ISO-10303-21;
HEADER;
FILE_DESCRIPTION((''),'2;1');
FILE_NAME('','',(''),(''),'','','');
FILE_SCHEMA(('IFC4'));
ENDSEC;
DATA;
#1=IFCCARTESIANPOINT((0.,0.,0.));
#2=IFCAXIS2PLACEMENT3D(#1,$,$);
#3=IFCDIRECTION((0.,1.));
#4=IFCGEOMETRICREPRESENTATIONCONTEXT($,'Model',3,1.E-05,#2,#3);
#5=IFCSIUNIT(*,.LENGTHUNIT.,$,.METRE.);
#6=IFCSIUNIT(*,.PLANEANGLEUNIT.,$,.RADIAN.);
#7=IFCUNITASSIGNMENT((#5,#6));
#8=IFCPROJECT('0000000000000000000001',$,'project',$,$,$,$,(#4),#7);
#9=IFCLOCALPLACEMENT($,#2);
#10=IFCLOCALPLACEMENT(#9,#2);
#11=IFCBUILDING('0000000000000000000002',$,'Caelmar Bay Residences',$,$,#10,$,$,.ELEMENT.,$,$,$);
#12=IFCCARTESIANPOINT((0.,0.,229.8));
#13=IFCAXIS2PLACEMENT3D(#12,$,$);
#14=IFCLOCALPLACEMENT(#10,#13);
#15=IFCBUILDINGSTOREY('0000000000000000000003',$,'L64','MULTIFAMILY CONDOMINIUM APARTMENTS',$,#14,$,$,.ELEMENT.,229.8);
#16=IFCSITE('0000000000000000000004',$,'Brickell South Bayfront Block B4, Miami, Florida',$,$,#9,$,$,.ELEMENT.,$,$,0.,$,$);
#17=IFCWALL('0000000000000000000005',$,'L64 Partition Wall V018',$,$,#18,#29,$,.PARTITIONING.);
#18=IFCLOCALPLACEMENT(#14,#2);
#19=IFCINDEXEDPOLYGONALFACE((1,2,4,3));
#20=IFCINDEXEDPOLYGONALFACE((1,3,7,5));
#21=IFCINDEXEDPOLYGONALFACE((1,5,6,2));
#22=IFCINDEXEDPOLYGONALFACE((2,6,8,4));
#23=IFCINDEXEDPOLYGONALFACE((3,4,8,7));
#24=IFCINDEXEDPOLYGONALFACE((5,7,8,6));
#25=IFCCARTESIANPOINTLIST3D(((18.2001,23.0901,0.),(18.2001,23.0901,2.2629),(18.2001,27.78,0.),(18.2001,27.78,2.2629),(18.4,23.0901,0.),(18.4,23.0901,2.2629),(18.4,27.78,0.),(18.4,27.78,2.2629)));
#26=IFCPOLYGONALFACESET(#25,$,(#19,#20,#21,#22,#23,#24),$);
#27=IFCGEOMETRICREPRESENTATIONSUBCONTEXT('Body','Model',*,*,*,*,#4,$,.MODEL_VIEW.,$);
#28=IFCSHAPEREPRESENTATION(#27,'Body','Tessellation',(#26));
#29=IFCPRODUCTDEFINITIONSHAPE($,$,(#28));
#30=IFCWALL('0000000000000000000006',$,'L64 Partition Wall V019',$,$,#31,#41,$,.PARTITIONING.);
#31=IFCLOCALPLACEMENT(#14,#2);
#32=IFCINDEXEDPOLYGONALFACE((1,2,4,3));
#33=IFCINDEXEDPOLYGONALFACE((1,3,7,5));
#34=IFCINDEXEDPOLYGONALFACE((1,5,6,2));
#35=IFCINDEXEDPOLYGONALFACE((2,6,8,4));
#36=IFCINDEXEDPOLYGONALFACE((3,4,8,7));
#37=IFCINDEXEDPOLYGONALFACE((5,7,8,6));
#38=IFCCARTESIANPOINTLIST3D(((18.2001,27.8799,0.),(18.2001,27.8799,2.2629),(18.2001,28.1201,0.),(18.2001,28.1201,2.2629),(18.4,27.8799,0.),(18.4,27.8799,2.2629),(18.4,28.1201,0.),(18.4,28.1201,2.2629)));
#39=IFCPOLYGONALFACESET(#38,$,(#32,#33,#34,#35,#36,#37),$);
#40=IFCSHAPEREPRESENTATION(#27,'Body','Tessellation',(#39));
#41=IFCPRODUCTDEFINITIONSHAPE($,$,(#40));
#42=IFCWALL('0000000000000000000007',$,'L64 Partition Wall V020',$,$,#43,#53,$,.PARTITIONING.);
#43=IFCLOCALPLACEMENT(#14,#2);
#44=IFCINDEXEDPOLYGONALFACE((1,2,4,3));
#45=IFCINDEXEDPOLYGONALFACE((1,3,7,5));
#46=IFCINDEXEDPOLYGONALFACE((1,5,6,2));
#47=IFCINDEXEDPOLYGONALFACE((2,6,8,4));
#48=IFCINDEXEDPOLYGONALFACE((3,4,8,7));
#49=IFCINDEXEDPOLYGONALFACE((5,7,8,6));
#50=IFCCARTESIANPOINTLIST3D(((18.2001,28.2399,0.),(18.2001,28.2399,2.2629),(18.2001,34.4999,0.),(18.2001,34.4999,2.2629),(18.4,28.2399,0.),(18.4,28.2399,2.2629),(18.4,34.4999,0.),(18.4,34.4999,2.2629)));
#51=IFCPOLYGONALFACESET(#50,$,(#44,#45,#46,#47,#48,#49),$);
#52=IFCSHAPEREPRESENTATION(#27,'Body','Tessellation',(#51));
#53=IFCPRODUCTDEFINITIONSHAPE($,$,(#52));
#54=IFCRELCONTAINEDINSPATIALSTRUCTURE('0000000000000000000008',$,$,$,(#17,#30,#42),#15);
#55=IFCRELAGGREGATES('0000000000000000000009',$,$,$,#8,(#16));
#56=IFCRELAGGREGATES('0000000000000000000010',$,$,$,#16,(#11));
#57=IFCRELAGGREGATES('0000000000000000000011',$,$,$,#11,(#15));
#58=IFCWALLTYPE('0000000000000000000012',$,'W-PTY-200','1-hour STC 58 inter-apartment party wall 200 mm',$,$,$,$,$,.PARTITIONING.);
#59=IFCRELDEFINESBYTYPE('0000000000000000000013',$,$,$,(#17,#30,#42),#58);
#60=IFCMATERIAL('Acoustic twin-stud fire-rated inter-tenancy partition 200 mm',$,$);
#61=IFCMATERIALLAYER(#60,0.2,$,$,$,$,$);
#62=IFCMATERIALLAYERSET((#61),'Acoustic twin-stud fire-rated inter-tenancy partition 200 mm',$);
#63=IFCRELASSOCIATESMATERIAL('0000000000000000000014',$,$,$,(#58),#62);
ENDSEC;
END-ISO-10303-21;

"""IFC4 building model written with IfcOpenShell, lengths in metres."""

from ifc_helpers import new_model, si_unit, direction, frame, frame_2d, origin, place, context, subcontext, project, spatial, rectangle, extrude, material, layer, layer_set, type_object, element, save


model = new_model("IFC4")

# Units and contexts
model_context = context("Model", 3, precision=1e-05, world=origin(), true_north=direction((0.0, 1.0)))
body_context = subcontext(model_context, "Body", "Model", "MODEL_VIEW")
ifc_project = project(units=[si_unit("LENGTHUNIT", "METRE"), si_unit("PLANEANGLEUNIT", "RADIAN")], contexts=[model_context])

# Site, building, storey
site_placement = place(None, origin())
site = spatial("IfcSite", under=ifc_project, at=site_placement, Name="Brickell South Bayfront Block B4, Miami, Florida", CompositionType="ELEMENT", RefElevation=0.0)
building_placement = place(site_placement, origin())
building = spatial("IfcBuilding", under=site, at=building_placement, Name="Caelmar Bay Residences", CompositionType="ELEMENT")
storey_placement = place(building_placement, frame((0.0, 0.0, 229.8)))
storey = spatial("IfcBuildingStorey", under=building, at=storey_placement, Name="L64", Description="MULTIFAMILY CONDOMINIUM APARTMENTS", CompositionType="ELEMENT", Elevation=229.8)

# Walls
ifc_material_1 = material(Name="Acoustic twin-stud fire-rated inter-tenancy partition 200 mm")
ifc_layer_1 = layer(ifc_material_1, 0.2)
ifc_layer_set_1 = layer_set([ifc_layer_1], Name="Acoustic twin-stud fire-rated inter-tenancy partition 200 mm")
wall_type_1 = type_object("IfcWallType", Name="W-PTY-200", Description="1-hour STC 58 inter-apartment party wall 200 mm", PredefinedType="PARTITIONING", material=ifc_layer_set_1)
wall_1_placement = place(storey_placement, frame((18.3, 23.0901, 0.0), z_axis=(0.0, 0.0, 1.0), x_axis=(0.0, 1.0, 0.0)))
element("IfcWall", 1, at=wall_1_placement, inside=storey, type_object=wall_type_1, Name="L64 Partition Wall V018", PredefinedType="PARTITIONING", context=body_context, shape_type="SweptSolid", body=[
    extrude(rectangle(XDim=4.6899, YDim=0.2, at=frame_2d((2.345, 0.0))), origin(), (0.0, 0.0, 1.0), 2.2629),
])
wall_2_placement = place(storey_placement, frame((18.3, 27.8799, 0.0), z_axis=(0.0, 0.0, 1.0), x_axis=(0.0, 1.0, 0.0)))
element("IfcWall", 2, at=wall_2_placement, inside=storey, type_object=wall_type_1, Name="L64 Partition Wall V019", PredefinedType="PARTITIONING", context=body_context, shape_type="SweptSolid", body=[
    extrude(rectangle(XDim=0.2402, YDim=0.2, at=frame_2d((0.1201, 0.0))), origin(), (0.0, 0.0, 1.0), 2.2629),
])
wall_3_placement = place(storey_placement, frame((18.3, 28.24, 0.0), z_axis=(0.0, 0.0, 1.0), x_axis=(0.0, 1.0, 0.0)))
element("IfcWall", 3, at=wall_3_placement, inside=storey, type_object=wall_type_1, Name="L64 Partition Wall V020", PredefinedType="PARTITIONING", context=body_context, shape_type="SweptSolid", body=[
    extrude(rectangle(XDim=6.26, YDim=0.2, at=frame_2d((3.1299, 0.0))), origin(), (0.0, 0.0, 1.0), 2.2629),
])

save(model, "model.ifc")
